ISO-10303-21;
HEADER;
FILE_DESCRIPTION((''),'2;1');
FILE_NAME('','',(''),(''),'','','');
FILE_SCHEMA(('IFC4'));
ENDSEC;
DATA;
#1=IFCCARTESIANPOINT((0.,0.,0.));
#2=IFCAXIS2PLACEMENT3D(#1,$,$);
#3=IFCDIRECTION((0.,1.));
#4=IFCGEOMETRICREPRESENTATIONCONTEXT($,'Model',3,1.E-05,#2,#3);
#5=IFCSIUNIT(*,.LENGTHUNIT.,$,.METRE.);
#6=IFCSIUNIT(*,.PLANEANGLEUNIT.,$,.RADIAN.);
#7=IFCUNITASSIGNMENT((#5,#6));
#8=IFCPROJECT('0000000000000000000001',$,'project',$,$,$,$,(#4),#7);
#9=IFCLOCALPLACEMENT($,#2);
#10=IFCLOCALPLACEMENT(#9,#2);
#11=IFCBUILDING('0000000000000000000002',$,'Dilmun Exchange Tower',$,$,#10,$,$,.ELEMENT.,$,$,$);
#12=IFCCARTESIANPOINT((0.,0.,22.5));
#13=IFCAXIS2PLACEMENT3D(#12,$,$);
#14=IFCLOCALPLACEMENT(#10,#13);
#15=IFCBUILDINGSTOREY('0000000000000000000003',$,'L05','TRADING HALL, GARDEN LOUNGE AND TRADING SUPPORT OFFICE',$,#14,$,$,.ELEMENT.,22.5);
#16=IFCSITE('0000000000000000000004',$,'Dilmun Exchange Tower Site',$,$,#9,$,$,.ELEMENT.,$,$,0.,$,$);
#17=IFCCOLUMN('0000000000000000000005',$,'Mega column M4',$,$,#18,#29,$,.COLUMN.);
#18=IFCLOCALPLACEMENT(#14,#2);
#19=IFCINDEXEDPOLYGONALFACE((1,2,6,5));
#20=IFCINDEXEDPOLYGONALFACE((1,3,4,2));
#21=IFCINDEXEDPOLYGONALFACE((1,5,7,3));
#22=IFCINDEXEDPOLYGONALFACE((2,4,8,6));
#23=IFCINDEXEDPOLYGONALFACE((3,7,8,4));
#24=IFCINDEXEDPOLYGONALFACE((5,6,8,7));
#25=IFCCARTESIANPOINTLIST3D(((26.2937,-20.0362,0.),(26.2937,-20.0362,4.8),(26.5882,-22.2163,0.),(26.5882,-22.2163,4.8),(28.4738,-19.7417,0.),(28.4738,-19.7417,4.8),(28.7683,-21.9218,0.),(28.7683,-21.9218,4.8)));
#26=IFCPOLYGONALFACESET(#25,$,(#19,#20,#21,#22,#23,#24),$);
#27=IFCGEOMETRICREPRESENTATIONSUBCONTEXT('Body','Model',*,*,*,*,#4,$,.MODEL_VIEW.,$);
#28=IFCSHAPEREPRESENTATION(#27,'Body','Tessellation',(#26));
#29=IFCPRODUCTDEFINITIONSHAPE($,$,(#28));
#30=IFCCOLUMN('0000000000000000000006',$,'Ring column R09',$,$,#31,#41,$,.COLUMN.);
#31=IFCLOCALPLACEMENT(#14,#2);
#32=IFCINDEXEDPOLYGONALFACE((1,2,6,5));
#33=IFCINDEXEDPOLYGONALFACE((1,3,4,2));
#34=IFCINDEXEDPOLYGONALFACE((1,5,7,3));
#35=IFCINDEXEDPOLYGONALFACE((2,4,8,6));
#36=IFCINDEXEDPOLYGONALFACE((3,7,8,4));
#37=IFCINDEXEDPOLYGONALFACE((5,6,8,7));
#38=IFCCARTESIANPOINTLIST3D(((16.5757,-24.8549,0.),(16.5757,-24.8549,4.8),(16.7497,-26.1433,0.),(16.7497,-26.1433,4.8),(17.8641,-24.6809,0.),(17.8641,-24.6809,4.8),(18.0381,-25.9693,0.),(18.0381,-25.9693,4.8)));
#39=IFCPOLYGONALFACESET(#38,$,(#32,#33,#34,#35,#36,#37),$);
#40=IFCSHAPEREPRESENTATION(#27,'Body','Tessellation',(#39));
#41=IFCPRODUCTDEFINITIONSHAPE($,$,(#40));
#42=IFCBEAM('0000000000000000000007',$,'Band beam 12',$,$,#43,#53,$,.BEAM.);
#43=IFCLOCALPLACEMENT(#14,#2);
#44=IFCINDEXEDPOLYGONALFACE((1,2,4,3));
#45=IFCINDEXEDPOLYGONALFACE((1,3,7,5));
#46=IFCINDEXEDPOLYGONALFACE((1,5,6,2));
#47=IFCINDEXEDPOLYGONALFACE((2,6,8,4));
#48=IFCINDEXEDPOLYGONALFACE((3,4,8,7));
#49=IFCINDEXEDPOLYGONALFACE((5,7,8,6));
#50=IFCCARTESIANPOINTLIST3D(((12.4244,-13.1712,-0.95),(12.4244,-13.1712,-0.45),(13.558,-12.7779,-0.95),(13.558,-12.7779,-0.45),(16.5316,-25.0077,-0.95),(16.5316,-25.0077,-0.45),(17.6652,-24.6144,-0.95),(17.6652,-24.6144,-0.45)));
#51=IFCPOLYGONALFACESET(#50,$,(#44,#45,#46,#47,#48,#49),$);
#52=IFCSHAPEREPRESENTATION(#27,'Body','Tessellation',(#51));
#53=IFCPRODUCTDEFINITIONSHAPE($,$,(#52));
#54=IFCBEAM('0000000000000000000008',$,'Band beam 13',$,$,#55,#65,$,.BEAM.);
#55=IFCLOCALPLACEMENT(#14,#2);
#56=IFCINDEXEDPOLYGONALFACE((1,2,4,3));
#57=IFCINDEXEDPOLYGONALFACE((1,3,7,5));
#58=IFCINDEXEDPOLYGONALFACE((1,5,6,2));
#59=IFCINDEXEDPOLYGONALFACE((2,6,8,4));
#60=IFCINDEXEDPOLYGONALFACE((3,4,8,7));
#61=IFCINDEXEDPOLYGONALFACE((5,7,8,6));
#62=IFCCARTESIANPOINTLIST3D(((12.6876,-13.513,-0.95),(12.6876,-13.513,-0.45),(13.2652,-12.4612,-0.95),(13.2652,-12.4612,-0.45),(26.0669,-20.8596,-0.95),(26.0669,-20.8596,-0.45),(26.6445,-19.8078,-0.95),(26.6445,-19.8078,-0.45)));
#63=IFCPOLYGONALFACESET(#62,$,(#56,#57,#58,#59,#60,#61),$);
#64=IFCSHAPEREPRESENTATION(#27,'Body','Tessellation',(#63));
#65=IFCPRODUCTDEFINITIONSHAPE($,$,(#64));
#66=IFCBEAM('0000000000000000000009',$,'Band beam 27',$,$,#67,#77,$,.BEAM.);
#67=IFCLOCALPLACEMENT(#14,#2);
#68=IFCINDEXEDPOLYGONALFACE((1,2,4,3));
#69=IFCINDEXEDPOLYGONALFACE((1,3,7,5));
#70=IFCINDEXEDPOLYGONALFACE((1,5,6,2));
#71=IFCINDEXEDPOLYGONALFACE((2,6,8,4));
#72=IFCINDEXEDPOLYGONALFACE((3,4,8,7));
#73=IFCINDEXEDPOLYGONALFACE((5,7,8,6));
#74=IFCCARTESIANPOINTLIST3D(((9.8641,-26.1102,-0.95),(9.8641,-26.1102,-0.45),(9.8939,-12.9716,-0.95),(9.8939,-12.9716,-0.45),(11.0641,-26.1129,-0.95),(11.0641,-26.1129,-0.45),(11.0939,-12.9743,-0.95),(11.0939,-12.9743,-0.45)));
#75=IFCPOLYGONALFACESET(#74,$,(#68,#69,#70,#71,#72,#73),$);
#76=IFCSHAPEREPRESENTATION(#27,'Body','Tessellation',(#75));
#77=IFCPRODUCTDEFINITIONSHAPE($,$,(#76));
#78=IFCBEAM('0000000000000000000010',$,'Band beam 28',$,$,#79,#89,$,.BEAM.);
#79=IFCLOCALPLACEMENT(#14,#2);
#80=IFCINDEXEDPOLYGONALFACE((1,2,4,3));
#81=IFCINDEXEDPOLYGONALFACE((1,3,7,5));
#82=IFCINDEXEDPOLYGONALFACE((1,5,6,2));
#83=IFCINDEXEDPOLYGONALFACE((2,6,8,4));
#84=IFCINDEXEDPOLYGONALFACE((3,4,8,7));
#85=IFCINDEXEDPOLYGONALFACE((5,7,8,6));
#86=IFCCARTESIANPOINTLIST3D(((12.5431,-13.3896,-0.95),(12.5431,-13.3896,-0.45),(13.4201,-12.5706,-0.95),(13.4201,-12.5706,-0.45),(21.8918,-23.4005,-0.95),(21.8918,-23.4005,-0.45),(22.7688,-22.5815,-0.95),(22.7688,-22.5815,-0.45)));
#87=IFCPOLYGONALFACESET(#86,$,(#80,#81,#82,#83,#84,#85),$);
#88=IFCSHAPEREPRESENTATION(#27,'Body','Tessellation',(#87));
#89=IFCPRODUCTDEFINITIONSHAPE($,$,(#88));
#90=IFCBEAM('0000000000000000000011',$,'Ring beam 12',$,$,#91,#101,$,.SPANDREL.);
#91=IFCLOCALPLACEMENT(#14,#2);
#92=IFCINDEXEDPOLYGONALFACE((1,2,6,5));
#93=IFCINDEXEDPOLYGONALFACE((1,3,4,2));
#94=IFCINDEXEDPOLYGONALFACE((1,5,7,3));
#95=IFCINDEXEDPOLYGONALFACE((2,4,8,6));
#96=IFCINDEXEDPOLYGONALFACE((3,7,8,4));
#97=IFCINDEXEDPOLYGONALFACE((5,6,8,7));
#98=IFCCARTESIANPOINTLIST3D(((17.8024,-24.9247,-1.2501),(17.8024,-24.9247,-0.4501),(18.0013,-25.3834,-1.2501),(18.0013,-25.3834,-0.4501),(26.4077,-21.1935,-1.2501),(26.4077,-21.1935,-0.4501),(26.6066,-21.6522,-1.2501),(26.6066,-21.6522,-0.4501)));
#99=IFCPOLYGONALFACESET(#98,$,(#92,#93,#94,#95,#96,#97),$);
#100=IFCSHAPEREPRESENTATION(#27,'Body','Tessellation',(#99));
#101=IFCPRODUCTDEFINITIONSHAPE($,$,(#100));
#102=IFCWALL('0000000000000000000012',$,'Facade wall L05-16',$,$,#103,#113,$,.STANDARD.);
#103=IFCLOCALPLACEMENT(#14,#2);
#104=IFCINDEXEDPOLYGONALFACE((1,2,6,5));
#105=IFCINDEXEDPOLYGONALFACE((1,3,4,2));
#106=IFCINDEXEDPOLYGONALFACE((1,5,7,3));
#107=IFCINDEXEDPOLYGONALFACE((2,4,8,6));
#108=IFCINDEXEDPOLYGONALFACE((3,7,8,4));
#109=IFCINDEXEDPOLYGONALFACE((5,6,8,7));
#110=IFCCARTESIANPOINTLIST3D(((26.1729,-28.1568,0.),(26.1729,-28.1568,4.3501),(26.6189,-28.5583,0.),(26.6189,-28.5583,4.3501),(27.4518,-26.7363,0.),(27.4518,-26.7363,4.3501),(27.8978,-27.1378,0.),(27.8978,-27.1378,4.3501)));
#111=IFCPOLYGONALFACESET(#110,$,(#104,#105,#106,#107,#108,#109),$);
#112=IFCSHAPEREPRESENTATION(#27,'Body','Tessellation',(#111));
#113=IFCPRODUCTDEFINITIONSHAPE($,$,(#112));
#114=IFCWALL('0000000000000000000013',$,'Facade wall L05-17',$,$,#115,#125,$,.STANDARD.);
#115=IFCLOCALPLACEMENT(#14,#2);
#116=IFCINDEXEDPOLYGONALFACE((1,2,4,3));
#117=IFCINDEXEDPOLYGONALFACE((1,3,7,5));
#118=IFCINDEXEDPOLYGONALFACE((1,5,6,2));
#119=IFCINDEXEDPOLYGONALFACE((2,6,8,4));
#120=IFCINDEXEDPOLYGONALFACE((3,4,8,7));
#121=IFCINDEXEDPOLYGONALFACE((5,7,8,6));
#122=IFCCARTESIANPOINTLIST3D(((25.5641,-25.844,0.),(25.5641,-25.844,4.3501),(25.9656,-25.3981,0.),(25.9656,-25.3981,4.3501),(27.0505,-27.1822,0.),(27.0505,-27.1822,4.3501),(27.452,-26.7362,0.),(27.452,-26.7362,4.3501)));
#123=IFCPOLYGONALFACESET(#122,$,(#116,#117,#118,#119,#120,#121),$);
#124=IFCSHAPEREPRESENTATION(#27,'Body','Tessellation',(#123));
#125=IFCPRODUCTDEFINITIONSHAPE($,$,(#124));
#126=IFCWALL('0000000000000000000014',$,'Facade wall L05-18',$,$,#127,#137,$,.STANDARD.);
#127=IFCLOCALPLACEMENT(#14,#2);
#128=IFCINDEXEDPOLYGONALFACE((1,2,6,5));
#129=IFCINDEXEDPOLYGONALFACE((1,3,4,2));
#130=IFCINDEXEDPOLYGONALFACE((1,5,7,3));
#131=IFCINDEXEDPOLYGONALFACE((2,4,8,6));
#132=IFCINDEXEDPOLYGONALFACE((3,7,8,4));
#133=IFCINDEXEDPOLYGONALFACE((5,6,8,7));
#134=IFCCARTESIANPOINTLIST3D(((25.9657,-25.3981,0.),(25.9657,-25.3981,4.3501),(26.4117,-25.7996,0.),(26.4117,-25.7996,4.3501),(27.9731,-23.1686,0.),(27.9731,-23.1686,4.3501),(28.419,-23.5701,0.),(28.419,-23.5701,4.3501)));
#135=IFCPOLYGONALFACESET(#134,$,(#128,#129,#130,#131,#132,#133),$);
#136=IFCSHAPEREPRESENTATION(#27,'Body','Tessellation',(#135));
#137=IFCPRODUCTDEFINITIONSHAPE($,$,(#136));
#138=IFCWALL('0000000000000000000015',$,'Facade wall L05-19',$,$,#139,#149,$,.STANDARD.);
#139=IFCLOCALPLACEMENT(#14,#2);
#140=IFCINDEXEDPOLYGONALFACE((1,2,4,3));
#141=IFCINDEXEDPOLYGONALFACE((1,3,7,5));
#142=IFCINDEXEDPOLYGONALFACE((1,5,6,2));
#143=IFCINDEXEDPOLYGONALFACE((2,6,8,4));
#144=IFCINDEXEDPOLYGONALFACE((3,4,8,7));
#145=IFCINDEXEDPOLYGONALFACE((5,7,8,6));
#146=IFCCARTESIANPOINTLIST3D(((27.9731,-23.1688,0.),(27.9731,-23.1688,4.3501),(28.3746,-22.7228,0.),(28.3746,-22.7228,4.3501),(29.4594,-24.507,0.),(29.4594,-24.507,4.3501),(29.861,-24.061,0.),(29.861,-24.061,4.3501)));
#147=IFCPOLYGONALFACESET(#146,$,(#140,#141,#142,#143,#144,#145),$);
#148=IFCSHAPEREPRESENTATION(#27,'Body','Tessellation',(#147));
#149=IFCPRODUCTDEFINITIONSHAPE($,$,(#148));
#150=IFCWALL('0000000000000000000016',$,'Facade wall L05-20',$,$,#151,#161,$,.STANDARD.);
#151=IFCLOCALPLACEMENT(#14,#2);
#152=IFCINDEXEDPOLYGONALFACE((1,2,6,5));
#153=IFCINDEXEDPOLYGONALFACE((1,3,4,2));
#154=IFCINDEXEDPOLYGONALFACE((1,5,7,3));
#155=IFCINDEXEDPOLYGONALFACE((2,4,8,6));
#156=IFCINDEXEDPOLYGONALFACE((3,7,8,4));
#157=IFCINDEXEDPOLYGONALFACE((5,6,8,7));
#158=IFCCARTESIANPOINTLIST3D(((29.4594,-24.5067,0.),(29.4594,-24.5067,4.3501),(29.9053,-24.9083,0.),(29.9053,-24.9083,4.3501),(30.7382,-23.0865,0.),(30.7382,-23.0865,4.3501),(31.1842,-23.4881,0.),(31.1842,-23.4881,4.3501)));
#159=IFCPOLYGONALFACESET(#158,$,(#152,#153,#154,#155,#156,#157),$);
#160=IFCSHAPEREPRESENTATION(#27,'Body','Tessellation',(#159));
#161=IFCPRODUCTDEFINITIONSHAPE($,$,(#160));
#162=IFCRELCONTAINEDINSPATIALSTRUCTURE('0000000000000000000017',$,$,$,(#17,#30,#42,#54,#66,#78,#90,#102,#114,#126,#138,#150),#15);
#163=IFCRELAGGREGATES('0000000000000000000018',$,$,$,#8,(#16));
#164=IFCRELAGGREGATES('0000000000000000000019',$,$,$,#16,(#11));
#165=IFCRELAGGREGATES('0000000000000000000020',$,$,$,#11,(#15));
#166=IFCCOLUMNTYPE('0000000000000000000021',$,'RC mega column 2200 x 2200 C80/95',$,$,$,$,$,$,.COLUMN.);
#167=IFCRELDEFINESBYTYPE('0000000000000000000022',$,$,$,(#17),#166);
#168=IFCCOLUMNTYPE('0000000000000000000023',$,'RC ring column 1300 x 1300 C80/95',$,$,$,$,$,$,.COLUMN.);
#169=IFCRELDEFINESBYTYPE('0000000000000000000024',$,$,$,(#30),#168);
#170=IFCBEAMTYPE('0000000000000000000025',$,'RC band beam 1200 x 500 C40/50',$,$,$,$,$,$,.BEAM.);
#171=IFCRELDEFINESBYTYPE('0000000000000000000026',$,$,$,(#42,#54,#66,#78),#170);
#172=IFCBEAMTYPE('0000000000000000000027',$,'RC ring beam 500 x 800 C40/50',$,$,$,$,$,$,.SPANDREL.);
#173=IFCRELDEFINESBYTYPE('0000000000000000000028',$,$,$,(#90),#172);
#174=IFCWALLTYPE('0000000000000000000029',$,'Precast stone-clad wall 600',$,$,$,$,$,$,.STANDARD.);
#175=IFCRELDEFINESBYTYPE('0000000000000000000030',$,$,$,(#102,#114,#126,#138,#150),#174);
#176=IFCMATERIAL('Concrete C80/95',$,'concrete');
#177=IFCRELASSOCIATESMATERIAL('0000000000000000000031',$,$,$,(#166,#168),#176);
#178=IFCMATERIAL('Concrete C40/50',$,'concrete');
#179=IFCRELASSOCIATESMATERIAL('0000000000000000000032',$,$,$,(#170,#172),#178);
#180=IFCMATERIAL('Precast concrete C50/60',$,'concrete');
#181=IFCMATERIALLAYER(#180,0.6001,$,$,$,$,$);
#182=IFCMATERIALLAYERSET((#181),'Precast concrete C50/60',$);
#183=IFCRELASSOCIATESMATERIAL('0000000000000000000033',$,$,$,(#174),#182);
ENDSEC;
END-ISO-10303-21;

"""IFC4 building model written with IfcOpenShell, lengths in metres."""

from ifc_helpers import new_model, si_unit, direction, frame, frame_2d, origin, origin_2d, place, context, subcontext, project, spatial, rectangle, extrude, material, layer, layer_set, material_profile, profile_set, type_object, element, save


model = new_model("IFC4")

# Units and contexts
model_context = context("Model", 3, precision=1e-05, world=origin(), true_north=direction((0.0, 1.0)))
body_context = subcontext(model_context, "Body", "Model", "MODEL_VIEW")
ifc_project = project(units=[si_unit("LENGTHUNIT", "METRE"), si_unit("PLANEANGLEUNIT", "RADIAN")], contexts=[model_context])

# Site, building, storey
site_placement = place(None, origin())
site = spatial("IfcSite", under=ifc_project, at=site_placement, Name="Dilmun Exchange Tower Site", CompositionType="ELEMENT", RefElevation=0.0)
building_placement = place(site_placement, origin())
building = spatial("IfcBuilding", under=site, at=building_placement, Name="Dilmun Exchange Tower", CompositionType="ELEMENT")
storey_placement = place(building_placement, frame((0.0, 0.0, 22.5)))
storey = spatial("IfcBuildingStorey", under=building, at=storey_placement, Name="L05", Description="TRADING HALL, GARDEN LOUNGE AND TRADING SUPPORT OFFICE", CompositionType="ELEMENT", Elevation=22.5)

# Columns
ifc_material_1 = material(Name="Concrete C80/95", Category="concrete")
ifc_material_profile_1 = material_profile(ifc_material_1, rectangle(XDim=2.2, YDim=2.2, at=origin_2d()), Name="2200 x 2200")
ifc_profile_set_1 = profile_set([ifc_material_profile_1], Name="Concrete C80/95")
column_type_1 = type_object("IfcColumnType", Name="RC mega column 2200 x 2200 C80/95", PredefinedType="COLUMN", material=ifc_profile_set_1)
column_1_placement = place(storey_placement, frame((27.531, -20.979, 0.0), z_axis=(0.0, 0.0, 1.0), x_axis=(0.991001, 0.133853, 0.0)))
element("IfcColumn", 1, at=column_1_placement, inside=storey, type_object=column_type_1, Name="Mega column M4", PredefinedType="COLUMN", context=body_context, shape_type="SweptSolid", body=[
    extrude(rectangle(XDim=2.2, YDim=2.2, at=origin_2d()), origin(), (0.0, 0.0, 1.0), 4.8),
])
ifc_material_profile_2 = material_profile(ifc_material_1, rectangle(XDim=1.3, YDim=1.3, at=origin_2d()), Name="1300 x 1300")
ifc_profile_set_2 = profile_set([ifc_material_profile_2], Name="Concrete C80/95")
column_type_2 = type_object("IfcColumnType", Name="RC ring column 1300 x 1300 C80/95", PredefinedType="COLUMN", material=ifc_profile_set_2)
column_2_placement = place(storey_placement, frame((17.3069, -25.4121, 0.0), z_axis=(0.0, 0.0, 1.0), x_axis=(0.991001, 0.133853, 0.0)))
element("IfcColumn", 2, at=column_2_placement, inside=storey, type_object=column_type_2, Name="Ring column R09", PredefinedType="COLUMN", context=body_context, shape_type="SweptSolid", body=[
    extrude(rectangle(XDim=1.3, YDim=1.3, at=origin_2d()), origin(), (0.0, 0.0, 1.0), 4.8),
])

# Beams
ifc_material_2 = material(Name="Concrete C40/50", Category="concrete")
ifc_material_profile_3 = material_profile(ifc_material_2, rectangle(XDim=1.2, YDim=0.5, at=origin_2d()), Name="1200 x 500")
ifc_profile_set_3 = profile_set([ifc_material_profile_3], Name="Concrete C40/50")
beam_type_1 = type_object("IfcBeamType", Name="RC band beam 1200 x 500 C40/50", PredefinedType="BEAM", material=ifc_profile_set_3)
beam_1_placement = place(storey_placement, frame((17.0984, -24.811, -0.7), z_axis=(-0.32782, 0.94474, 0.0), x_axis=(-0.94474, -0.32782, 0.0)))
element("IfcBeam", 3, at=beam_1_placement, inside=storey, type_object=beam_type_1, Name="Band beam 12", PredefinedType="BEAM", context=body_context, shape_type="SweptSolid", body=[
    extrude(rectangle(XDim=1.2, YDim=0.5, at=origin_2d()), origin(), (0.0, 0.0, 1.0), 12.5288),
])
beam_2_placement = place(storey_placement, frame((26.3557, -20.3337, -0.7), z_axis=(-0.876547, 0.481316, 0.0), x_axis=(-0.481316, -0.876547, 0.0)))
element("IfcBeam", 4, at=beam_2_placement, inside=storey, type_object=beam_type_1, Name="Band beam 13", PredefinedType="BEAM", context=body_context, shape_type="SweptSolid", body=[
    extrude(rectangle(XDim=1.2, YDim=0.5, at=origin_2d()), origin(), (0.0, 0.0, 1.0), 15.2637),
])
beam_3_placement = place(storey_placement, frame((10.4641, -26.1116, -0.7), z_axis=(0.002267, 0.999997, 0.0), x_axis=(-0.999997, 0.002267, 0.0)))
element("IfcBeam", 5, at=beam_3_placement, inside=storey, type_object=beam_type_1, Name="Band beam 27", PredefinedType="BEAM", context=body_context, shape_type="SweptSolid", body=[
    extrude(rectangle(XDim=1.2, YDim=0.5, at=origin_2d()), origin(), (0.0, 0.0, 1.0), 13.1387),
])
beam_4_placement = place(storey_placement, frame((22.3303, -22.991, -0.7), z_axis=(-0.682524, 0.730863, 0.0), x_axis=(-0.730863, -0.682524, 0.0)))
element("IfcBeam", 6, at=beam_4_placement, inside=storey, type_object=beam_type_1, Name="Band beam 28", PredefinedType="BEAM", context=body_context, shape_type="SweptSolid", body=[
    extrude(rectangle(XDim=1.2, YDim=0.5, at=origin_2d()), origin(), (0.0, 0.0, 1.0), 13.6973),
])
ifc_material_profile_4 = material_profile(ifc_material_2, rectangle(XDim=0.5, YDim=0.8, at=origin_2d()), Name="500 x 800")
ifc_profile_set_4 = profile_set([ifc_material_profile_4], Name="Concrete C40/50")
beam_type_2 = type_object("IfcBeamType", Name="RC ring beam 500 x 800 C40/50", PredefinedType="SPANDREL", material=ifc_profile_set_4)
beam_5_placement = place(storey_placement, frame((17.9019, -25.1541, -0.8501), z_axis=(0.917467, 0.397811, 0.0), x_axis=(-0.397811, 0.917467, 0.0)))
element("IfcBeam", 7, at=beam_5_placement, inside=storey, type_object=beam_type_2, Name="Ring beam 12", PredefinedType="SPANDREL", context=body_context, shape_type="SweptSolid", body=[
    extrude(rectangle(XDim=0.5, YDim=0.8, at=origin_2d()), origin(), (0.0, 0.0, 1.0), 9.3794),
])

# Walls
ifc_material_3 = material(Name="Precast concrete C50/60", Category="concrete")
ifc_layer = layer(ifc_material_3, 0.6001)
ifc_layer_set = layer_set([ifc_layer], Name="Precast concrete C50/60")
wall_type = type_object("IfcWallType", Name="Precast stone-clad wall 600", PredefinedType="STANDARD", material=ifc_layer_set)
wall_1_placement = place(storey_placement, frame((26.396, -28.3574, 0.0), z_axis=(0.0, 0.0, 1.0), x_axis=(0.669092, 0.74318, 0.0)))
element("IfcWall", 8, at=wall_1_placement, inside=storey, type_object=wall_type, Name="Facade wall L05-16", PredefinedType="STANDARD", context=body_context, shape_type="SweptSolid", body=[
    extrude(rectangle(XDim=1.9114, YDim=0.6001, at=frame_2d((0.9556, 0.0))), origin(), (0.0, 0.0, 1.0), 4.3501),
])
wall_2_placement = place(storey_placement, frame((27.2512, -26.9592, 0.0), z_axis=(0.0, 0.0, 1.0), x_axis=(-0.743185, 0.669086, 0.0)))
element("IfcWall", 9, at=wall_2_placement, inside=storey, type_object=wall_type, Name="Facade wall L05-17", PredefinedType="STANDARD", context=body_context, shape_type="SweptSolid", body=[
    extrude(rectangle(XDim=2.0, YDim=0.6001, at=frame_2d((1.0, 0.0))), origin(), (0.0, 0.0, 1.0), 4.3501),
])
wall_3_placement = place(storey_placement, frame((26.1887, -25.5989, 0.0), z_axis=(0.0, 0.0, 1.0), x_axis=(0.669109, 0.743165, 0.0)))
element("IfcWall", 10, at=wall_3_placement, inside=storey, type_object=wall_type, Name="Facade wall L05-18", PredefinedType="STANDARD", context=body_context, shape_type="SweptSolid", body=[
    extrude(rectangle(XDim=3.0, YDim=0.6001, at=frame_2d((1.5, 0.0))), origin(), (0.0, 0.0, 1.0), 4.3501),
])
wall_4_placement = place(storey_placement, frame((28.1738, -22.9458, 0.0), z_axis=(0.0, 0.0, 1.0), x_axis=(0.743185, -0.669086, 0.0)))
element("IfcWall", 11, at=wall_4_placement, inside=storey, type_object=wall_type, Name="Facade wall L05-19", PredefinedType="STANDARD", context=body_context, shape_type="SweptSolid", body=[
    extrude(rectangle(XDim=2.0, YDim=0.6001, at=frame_2d((1.0, 0.0))), origin(), (0.0, 0.0, 1.0), 4.3501),
])
wall_5_placement = place(storey_placement, frame((29.6824, -24.7075, 0.0), z_axis=(0.0, 0.0, 1.0), x_axis=(0.669155, 0.743123, 0.0)))
element("IfcWall", 12, at=wall_5_placement, inside=storey, type_object=wall_type, Name="Facade wall L05-20", PredefinedType="STANDARD", context=body_context, shape_type="SweptSolid", body=[
    extrude(rectangle(XDim=1.9111, YDim=0.6001, at=frame_2d((0.9556, 0.0))), origin(), (0.0, 0.0, 1.0), 4.3501),
])

save(model, "model.ifc")
